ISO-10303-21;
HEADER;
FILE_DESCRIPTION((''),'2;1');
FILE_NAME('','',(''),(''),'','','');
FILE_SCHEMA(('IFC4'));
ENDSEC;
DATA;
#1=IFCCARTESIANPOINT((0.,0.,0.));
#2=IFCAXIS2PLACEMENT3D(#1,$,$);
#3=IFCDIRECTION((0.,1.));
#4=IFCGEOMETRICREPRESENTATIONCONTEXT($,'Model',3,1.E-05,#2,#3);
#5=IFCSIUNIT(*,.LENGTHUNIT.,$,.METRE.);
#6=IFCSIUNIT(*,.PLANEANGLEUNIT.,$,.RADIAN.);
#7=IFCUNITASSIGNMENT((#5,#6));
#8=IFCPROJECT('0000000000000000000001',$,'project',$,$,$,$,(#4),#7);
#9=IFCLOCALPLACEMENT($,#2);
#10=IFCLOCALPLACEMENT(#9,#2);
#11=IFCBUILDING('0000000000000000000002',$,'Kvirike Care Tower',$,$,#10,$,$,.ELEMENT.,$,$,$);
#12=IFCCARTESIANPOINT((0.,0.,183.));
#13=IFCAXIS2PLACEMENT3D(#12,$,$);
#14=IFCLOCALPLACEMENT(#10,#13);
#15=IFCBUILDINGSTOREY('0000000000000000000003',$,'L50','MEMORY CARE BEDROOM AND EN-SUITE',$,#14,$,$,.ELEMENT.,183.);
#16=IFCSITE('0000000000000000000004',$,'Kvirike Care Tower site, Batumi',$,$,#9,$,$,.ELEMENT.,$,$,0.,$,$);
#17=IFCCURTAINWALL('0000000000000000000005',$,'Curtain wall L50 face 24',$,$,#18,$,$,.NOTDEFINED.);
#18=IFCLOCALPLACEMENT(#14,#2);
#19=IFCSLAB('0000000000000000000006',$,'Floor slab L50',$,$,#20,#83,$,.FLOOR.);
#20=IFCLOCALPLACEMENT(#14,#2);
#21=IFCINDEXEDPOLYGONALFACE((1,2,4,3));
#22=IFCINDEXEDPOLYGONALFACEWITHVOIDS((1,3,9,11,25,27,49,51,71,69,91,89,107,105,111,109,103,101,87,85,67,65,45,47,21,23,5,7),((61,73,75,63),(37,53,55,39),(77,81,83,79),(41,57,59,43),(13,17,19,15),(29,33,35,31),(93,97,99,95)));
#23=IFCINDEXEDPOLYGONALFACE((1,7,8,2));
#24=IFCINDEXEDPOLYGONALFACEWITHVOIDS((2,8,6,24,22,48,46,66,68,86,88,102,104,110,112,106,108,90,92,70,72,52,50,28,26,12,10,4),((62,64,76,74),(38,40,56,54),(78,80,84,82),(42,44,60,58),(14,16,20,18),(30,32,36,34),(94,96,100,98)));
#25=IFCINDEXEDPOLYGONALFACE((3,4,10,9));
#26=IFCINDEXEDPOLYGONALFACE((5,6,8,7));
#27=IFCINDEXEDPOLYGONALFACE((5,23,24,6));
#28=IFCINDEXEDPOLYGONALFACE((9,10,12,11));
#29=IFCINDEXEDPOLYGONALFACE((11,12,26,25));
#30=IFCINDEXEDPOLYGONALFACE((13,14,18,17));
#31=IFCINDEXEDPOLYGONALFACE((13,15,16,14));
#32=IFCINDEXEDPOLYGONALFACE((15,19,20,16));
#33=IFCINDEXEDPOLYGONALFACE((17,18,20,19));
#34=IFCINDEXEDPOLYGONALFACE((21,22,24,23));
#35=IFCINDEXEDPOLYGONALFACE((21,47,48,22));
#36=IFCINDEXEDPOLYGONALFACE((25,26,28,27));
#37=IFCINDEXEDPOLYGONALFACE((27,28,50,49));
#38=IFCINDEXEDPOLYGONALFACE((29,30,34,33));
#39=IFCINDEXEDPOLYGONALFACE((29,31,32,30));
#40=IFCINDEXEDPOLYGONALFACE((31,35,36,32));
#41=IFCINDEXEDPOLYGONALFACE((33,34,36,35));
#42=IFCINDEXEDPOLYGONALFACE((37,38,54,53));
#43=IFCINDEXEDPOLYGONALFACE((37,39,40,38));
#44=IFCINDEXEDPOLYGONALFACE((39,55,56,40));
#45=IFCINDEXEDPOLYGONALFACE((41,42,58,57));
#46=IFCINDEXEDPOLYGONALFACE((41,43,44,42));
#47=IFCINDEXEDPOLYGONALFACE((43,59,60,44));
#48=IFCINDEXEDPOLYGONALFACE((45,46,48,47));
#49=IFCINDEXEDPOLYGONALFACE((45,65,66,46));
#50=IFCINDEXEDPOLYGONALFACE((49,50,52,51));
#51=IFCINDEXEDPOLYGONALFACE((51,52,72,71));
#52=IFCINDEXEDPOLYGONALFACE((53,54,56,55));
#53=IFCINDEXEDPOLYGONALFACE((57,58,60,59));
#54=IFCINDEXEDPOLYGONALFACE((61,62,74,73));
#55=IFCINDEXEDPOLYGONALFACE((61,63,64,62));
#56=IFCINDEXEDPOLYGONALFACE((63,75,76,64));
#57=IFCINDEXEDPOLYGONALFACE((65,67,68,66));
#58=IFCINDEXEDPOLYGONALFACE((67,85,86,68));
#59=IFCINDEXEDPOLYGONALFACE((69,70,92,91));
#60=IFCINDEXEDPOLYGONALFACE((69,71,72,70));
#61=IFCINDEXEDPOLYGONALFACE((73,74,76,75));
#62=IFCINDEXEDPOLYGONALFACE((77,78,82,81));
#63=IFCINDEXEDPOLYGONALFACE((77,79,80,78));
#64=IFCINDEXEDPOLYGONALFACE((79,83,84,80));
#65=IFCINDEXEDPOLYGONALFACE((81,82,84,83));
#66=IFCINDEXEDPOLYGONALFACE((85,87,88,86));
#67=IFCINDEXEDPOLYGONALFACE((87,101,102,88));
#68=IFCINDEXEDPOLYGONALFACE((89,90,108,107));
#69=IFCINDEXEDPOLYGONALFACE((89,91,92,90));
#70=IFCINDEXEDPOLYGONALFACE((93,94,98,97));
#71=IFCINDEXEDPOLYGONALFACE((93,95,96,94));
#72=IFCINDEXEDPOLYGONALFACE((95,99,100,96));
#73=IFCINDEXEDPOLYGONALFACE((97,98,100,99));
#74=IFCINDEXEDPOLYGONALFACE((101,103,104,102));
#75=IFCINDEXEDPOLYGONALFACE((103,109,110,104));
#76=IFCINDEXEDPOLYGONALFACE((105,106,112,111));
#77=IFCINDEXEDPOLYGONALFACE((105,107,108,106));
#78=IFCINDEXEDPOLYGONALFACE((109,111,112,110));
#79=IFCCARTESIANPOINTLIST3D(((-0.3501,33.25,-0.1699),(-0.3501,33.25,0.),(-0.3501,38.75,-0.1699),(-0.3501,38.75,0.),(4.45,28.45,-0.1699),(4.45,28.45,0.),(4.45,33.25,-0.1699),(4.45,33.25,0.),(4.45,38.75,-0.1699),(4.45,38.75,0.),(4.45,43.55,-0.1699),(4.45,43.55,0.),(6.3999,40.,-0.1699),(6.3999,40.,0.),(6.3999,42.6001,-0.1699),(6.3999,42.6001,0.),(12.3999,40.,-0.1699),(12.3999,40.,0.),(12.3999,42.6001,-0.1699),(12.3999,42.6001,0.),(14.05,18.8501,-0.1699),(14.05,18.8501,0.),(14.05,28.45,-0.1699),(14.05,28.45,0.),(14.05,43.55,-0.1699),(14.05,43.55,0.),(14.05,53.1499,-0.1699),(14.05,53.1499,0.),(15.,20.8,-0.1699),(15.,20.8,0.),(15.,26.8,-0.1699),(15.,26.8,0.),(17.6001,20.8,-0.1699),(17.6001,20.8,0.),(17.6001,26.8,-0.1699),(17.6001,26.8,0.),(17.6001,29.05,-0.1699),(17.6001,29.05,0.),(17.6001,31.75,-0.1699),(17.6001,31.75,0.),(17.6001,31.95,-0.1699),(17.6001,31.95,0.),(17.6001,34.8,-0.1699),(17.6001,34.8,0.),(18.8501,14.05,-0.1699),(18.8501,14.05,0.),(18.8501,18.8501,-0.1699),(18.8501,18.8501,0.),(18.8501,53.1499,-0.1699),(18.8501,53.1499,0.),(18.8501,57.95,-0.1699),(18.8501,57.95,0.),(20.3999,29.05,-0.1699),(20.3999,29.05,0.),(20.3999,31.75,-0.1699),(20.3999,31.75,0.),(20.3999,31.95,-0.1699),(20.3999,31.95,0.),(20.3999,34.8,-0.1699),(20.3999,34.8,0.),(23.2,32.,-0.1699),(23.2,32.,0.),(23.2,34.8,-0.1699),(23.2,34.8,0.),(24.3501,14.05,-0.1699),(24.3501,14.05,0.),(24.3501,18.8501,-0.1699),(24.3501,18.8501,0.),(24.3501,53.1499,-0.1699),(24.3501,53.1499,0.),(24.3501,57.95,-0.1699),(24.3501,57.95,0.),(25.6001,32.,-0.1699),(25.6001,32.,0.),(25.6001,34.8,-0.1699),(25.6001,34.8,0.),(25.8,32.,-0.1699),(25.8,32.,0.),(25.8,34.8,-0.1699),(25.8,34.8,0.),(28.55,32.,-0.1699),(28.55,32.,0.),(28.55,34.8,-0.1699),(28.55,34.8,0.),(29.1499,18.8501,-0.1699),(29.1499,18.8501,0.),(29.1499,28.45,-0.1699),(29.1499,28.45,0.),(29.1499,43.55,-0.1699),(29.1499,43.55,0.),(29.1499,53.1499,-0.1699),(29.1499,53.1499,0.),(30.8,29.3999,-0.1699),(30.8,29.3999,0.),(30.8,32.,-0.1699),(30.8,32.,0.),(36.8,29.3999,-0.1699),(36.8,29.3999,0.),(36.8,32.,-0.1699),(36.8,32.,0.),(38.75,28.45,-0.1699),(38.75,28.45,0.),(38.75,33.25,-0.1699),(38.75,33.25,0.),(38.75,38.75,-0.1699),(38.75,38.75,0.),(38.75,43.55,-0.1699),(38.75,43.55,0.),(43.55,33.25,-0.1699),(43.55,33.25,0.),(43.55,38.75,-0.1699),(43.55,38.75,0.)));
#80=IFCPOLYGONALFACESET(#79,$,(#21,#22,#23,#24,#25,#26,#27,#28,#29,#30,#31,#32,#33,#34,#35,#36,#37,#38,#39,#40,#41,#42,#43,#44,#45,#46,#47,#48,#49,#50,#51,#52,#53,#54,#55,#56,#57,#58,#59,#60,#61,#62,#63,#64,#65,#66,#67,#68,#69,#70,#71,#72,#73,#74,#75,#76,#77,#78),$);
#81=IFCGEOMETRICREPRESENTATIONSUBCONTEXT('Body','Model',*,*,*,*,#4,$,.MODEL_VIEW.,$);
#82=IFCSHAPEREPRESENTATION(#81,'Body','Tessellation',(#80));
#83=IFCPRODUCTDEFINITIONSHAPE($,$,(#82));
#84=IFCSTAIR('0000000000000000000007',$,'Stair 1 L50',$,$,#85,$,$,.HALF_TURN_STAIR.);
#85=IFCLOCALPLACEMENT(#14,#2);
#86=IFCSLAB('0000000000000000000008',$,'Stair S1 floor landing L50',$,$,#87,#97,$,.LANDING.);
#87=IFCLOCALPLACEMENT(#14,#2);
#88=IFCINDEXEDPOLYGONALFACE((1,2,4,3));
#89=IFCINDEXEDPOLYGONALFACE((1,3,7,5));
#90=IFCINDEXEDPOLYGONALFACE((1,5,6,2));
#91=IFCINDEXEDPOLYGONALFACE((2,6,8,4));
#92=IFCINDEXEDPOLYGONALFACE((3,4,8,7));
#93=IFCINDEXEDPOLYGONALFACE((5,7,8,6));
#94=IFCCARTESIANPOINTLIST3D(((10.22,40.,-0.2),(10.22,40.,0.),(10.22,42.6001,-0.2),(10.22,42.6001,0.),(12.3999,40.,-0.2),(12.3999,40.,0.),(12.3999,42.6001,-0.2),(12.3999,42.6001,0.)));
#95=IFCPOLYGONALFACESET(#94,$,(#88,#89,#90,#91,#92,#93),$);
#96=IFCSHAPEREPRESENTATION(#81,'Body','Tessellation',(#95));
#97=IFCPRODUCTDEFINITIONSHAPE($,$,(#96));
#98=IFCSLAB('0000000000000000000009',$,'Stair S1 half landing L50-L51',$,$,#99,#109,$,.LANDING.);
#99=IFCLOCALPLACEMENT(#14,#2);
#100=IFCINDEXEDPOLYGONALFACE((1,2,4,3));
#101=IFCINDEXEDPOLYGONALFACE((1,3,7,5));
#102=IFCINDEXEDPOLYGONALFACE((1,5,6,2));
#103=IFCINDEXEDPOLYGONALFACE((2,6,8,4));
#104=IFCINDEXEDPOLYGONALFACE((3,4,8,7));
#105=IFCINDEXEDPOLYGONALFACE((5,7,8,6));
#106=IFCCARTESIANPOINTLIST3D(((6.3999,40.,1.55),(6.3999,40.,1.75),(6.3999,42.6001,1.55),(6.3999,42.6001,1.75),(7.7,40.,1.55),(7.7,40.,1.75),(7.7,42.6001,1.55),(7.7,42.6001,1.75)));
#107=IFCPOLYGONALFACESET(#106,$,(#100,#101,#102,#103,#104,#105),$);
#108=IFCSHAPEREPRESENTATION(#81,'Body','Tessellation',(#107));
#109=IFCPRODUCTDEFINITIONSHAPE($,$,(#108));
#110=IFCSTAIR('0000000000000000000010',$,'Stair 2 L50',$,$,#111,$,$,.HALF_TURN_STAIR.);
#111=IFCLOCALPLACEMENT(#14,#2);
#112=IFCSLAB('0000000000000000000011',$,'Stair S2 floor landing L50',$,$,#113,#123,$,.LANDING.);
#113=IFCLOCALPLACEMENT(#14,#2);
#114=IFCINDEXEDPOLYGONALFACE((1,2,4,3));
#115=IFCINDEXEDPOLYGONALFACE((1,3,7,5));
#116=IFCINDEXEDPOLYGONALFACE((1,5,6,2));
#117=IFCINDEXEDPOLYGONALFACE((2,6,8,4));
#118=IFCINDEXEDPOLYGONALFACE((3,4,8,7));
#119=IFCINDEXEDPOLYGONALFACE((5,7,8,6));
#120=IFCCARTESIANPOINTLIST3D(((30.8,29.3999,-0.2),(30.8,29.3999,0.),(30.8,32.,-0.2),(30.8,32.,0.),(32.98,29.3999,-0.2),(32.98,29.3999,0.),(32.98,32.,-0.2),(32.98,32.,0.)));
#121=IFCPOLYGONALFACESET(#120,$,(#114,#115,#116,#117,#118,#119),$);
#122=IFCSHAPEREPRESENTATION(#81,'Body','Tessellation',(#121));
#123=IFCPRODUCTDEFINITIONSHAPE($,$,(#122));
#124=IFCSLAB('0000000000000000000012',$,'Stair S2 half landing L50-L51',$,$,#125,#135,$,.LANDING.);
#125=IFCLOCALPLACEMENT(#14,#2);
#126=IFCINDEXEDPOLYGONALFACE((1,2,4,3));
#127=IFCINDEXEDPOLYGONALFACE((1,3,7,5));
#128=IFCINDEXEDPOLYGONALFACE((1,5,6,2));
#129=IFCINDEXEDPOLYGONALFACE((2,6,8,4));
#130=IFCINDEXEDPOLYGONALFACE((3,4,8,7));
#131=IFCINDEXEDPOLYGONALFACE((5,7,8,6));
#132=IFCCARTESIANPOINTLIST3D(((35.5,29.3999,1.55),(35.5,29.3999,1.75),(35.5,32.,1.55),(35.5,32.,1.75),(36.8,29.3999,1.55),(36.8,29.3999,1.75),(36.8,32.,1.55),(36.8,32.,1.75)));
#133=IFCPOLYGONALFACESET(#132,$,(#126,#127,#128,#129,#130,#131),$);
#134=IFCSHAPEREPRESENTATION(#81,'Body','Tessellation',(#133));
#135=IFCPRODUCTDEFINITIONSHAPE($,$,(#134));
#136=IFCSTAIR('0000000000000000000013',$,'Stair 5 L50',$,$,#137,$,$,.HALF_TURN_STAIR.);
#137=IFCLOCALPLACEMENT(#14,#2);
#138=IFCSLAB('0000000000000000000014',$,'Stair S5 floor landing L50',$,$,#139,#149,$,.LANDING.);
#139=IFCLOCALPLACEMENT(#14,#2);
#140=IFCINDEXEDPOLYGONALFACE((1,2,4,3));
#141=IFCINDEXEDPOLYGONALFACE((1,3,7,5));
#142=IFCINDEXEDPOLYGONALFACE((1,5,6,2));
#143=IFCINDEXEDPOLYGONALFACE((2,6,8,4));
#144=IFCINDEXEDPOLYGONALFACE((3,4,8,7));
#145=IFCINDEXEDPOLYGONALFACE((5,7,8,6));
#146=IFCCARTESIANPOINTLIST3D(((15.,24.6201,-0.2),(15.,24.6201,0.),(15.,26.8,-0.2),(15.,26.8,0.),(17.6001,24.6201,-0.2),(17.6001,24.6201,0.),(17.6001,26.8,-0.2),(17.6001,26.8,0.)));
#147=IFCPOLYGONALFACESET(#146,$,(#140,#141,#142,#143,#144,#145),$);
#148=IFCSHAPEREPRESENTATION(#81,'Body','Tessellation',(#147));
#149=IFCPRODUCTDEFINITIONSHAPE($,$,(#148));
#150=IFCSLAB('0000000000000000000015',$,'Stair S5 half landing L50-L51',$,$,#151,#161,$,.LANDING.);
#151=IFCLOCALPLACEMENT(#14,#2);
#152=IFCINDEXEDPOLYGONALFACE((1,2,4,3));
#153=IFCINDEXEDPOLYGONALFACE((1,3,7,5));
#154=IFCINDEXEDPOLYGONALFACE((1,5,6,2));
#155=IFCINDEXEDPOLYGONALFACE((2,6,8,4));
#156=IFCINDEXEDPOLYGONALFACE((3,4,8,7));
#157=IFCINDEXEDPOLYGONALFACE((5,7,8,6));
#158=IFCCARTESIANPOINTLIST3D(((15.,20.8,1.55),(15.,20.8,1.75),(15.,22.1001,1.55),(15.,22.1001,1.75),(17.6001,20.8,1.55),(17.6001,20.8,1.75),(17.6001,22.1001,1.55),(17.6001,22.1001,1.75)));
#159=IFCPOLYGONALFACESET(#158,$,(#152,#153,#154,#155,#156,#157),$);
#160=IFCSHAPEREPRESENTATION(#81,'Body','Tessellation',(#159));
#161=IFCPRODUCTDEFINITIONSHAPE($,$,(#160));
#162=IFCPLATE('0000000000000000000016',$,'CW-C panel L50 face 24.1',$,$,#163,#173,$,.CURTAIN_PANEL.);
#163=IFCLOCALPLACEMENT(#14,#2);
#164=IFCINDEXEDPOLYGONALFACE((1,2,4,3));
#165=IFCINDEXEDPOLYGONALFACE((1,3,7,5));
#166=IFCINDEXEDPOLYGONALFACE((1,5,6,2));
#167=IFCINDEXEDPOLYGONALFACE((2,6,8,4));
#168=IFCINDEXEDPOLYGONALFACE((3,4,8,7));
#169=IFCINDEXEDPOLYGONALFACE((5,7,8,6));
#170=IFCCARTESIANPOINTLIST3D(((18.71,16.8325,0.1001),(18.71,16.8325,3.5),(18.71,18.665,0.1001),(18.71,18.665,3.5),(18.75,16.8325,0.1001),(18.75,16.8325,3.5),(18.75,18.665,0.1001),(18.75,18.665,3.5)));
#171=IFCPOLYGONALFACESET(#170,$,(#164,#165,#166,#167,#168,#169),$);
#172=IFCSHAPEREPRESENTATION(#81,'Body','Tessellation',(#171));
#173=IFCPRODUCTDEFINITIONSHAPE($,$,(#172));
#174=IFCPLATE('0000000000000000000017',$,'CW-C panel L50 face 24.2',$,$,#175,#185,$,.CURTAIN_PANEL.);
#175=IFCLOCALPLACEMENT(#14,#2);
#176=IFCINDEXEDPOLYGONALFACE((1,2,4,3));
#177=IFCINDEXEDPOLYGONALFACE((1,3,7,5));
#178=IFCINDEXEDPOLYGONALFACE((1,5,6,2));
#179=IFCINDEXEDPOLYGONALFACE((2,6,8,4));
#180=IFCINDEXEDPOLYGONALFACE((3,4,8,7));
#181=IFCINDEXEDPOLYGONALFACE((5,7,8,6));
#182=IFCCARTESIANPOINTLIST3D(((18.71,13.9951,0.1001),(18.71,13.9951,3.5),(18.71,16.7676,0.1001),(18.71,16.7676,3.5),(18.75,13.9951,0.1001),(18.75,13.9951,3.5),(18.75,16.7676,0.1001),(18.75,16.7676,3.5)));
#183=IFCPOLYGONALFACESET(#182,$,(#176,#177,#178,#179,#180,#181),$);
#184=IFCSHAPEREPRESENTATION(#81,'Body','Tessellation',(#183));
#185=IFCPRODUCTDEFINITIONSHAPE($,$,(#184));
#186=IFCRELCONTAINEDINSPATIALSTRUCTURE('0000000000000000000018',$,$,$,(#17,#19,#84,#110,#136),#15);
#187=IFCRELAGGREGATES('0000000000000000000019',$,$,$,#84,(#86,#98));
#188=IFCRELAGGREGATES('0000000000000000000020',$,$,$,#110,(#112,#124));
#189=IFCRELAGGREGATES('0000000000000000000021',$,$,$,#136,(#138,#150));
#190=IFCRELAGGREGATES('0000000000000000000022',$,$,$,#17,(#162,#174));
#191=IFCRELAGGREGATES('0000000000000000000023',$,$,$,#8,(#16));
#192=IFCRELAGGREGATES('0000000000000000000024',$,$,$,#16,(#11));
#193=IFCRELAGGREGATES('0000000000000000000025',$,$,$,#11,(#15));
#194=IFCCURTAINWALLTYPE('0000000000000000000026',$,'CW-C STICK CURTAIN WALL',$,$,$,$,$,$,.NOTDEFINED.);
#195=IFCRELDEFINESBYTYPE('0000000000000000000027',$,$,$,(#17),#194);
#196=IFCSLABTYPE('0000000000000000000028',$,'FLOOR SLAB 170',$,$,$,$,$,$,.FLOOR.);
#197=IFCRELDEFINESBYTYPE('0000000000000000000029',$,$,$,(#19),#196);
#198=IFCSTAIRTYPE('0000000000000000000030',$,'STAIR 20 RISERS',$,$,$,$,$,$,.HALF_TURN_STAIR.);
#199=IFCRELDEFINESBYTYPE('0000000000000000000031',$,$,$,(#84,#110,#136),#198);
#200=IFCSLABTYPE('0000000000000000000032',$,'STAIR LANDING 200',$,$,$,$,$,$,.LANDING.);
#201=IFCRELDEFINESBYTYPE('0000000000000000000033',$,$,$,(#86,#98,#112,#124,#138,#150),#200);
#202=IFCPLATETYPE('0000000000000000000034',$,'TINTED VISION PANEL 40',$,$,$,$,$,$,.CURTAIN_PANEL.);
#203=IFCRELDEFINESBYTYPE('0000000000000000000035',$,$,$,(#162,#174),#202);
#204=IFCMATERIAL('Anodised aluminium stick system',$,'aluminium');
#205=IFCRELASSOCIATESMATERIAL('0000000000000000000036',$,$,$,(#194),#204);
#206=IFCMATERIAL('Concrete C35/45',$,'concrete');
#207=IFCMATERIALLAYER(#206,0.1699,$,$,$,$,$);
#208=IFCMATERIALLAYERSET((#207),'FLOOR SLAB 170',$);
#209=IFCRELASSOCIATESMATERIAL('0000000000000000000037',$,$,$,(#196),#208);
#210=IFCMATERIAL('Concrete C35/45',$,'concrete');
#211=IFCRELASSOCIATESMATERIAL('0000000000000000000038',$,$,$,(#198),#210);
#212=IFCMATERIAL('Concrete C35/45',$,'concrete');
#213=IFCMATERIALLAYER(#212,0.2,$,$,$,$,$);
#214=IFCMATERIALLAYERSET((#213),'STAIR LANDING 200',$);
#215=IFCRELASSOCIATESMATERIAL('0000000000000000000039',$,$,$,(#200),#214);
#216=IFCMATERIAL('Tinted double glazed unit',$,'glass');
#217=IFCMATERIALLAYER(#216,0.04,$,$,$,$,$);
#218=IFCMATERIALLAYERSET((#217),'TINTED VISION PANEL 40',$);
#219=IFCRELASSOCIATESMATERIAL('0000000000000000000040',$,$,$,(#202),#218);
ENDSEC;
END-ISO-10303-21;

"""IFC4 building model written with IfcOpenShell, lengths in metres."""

from ifc_helpers import new_model, si_unit, direction, frame, origin, origin_2d, place, context, subcontext, project, spatial, polyline, rectangle, outline, extrude, material, layer, layer_set, type_object, element, aggregate, save


model = new_model("IFC4")

# Units and contexts
model_context = context("Model", 3, precision=1e-05, world=origin(), true_north=direction((0.0, 1.0)))
body_context = subcontext(model_context, "Body", "Model", "MODEL_VIEW")
ifc_project = project(units=[si_unit("LENGTHUNIT", "METRE"), si_unit("PLANEANGLEUNIT", "RADIAN")], contexts=[model_context])

# Site, building, storey
site_placement = place(None, origin())
site = spatial("IfcSite", under=ifc_project, at=site_placement, Name="Kvirike Care Tower site, Batumi", CompositionType="ELEMENT", RefElevation=0.0)
building_placement = place(site_placement, origin())
building = spatial("IfcBuilding", under=site, at=building_placement, Name="Kvirike Care Tower", CompositionType="ELEMENT")
storey_placement = place(building_placement, frame((0.0, 0.0, 183.0)))
storey = spatial("IfcBuildingStorey", under=building, at=storey_placement, Name="L50", Description="MEMORY CARE BEDROOM AND EN-SUITE", CompositionType="ELEMENT", Elevation=183.0)

# Shared definitions
ifc_material_1 = material(Name="Anodised aluminium stick system", Category="aluminium")
curtain_wall_type = type_object("IfcCurtainWallType", Name="CW-C STICK CURTAIN WALL", PredefinedType="NOTDEFINED", material=ifc_material_1)

# Curtain wall
curtain_wall_1_placement = place(storey_placement, origin())
curtain_wall_1 = element("IfcCurtainWall", 1, at=curtain_wall_1_placement, inside=storey, type_object=curtain_wall_type, Name="Curtain wall L50 face 24", PredefinedType="NOTDEFINED")

# Slab
ifc_material_2 = material(Name="Concrete C35/45", Category="concrete")
ifc_layer_1 = layer(ifc_material_2, 0.1699)
ifc_layer_set_1 = layer_set([ifc_layer_1], Name="FLOOR SLAB 170")
slab_type_1 = type_object("IfcSlabType", Name="FLOOR SLAB 170", PredefinedType="FLOOR", material=ifc_layer_set_1)
slab_1_placement = place(storey_placement, frame((0.0, 0.0, -0.1699)))
element("IfcSlab", 2, at=slab_1_placement, inside=storey, type_object=slab_type_1, Name="Floor slab L50", PredefinedType="FLOOR", context=body_context, shape_type="SweptSolid", body=[
    extrude(outline(polyline([(29.1499, 28.45), (38.75, 28.45), (38.75, 33.25), (43.55, 33.25), (43.55, 38.75), (38.75, 38.75), (38.75, 43.55), (29.1499, 43.55), (29.1499, 53.1499), (24.3501, 53.1499), (24.3501, 57.95), (18.8501, 57.95), (18.8501, 53.1499), (14.05, 53.1499), (14.05, 43.55), (4.45, 43.55), (4.45, 38.75), (-0.3501, 38.75), (-0.3501, 33.25), (4.45, 33.25), (4.45, 28.45), (14.05, 28.45), (14.05, 18.8501), (18.8501, 18.8501), (18.8501, 14.05), (24.3501, 14.05), (24.3501, 18.8501), (29.1499, 18.8501), (29.1499, 28.45)]), holes=[polyline([(17.6001, 29.05), (17.6001, 31.75), (20.3999, 31.75), (20.3999, 29.05), (17.6001, 29.05)]), polyline([(17.6001, 31.95), (17.6001, 34.8), (20.3999, 34.8), (20.3999, 31.95), (17.6001, 31.95)]), polyline([(23.2, 32.0), (23.2, 34.8), (25.6001, 34.8), (25.6001, 32.0), (23.2, 32.0)]), polyline([(25.8, 32.0), (25.8, 34.8), (28.55, 34.8), (28.55, 32.0), (25.8, 32.0)]), polyline([(12.3999, 42.6001), (12.3999, 40.0), (6.3999, 40.0), (6.3999, 42.6001), (12.3999, 42.6001)]), polyline([(30.8, 29.3999), (30.8, 32.0), (36.8, 32.0), (36.8, 29.3999), (30.8, 29.3999)]), polyline([(15.0, 26.8), (17.6001, 26.8), (17.6001, 20.8), (15.0, 20.8), (15.0, 26.8)])]), origin(), (0.0, 0.0, 1.0), 0.1699),
])

# Stairs, slabs
ifc_material_3 = material(Name="Concrete C35/45", Category="concrete")
stair_type = type_object("IfcStairType", Name="STAIR 20 RISERS", PredefinedType="HALF_TURN_STAIR", material=ifc_material_3)
stair_1_placement = place(storey_placement, origin())
stair_1 = element("IfcStair", 3, at=stair_1_placement, inside=storey, type_object=stair_type, Name="Stair 1 L50", PredefinedType="HALF_TURN_STAIR")
ifc_material_4 = material(Name="Concrete C35/45", Category="concrete")
ifc_layer_2 = layer(ifc_material_4, 0.2)
ifc_layer_set_2 = layer_set([ifc_layer_2], Name="STAIR LANDING 200")
slab_type_2 = type_object("IfcSlabType", Name="STAIR LANDING 200", PredefinedType="LANDING", material=ifc_layer_set_2)
slab_2_placement = place(storey_placement, frame((0.0, 0.0, -0.2)))
slab_2 = element("IfcSlab", 4, at=slab_2_placement, type_object=slab_type_2, Name="Stair S1 floor landing L50", PredefinedType="LANDING", context=body_context, shape_type="SweptSolid", body=[
    extrude(outline(polyline([(10.22, 42.6001), (10.22, 40.0), (12.3999, 40.0), (12.3999, 42.6001), (10.22, 42.6001)])), origin(), (0.0, 0.0, 1.0), 0.2),
])
slab_3_placement = place(storey_placement, frame((0.0, 0.0, 1.55)))
slab_3 = element("IfcSlab", 5, at=slab_3_placement, type_object=slab_type_2, Name="Stair S1 half landing L50-L51", PredefinedType="LANDING", context=body_context, shape_type="SweptSolid", body=[
    extrude(outline(polyline([(6.3999, 42.6001), (6.3999, 40.0), (7.7, 40.0), (7.7, 42.6001), (6.3999, 42.6001)])), origin(), (0.0, 0.0, 1.0), 0.2),
])
aggregate(stair_1, [slab_2, slab_3])
stair_2_placement = place(storey_placement, origin())
stair_2 = element("IfcStair", 6, at=stair_2_placement, inside=storey, type_object=stair_type, Name="Stair 2 L50", PredefinedType="HALF_TURN_STAIR")
slab_4_placement = place(storey_placement, frame((0.0, 0.0, -0.2)))
slab_4 = element("IfcSlab", 7, at=slab_4_placement, type_object=slab_type_2, Name="Stair S2 floor landing L50", PredefinedType="LANDING", context=body_context, shape_type="SweptSolid", body=[
    extrude(outline(polyline([(32.98, 29.3999), (32.98, 32.0), (30.8, 32.0), (30.8, 29.3999), (32.98, 29.3999)])), origin(), (0.0, 0.0, 1.0), 0.2),
])
slab_5_placement = place(storey_placement, frame((0.0, 0.0, 1.55)))
slab_5 = element("IfcSlab", 8, at=slab_5_placement, type_object=slab_type_2, Name="Stair S2 half landing L50-L51", PredefinedType="LANDING", context=body_context, shape_type="SweptSolid", body=[
    extrude(outline(polyline([(36.8, 29.3999), (36.8, 32.0), (35.5, 32.0), (35.5, 29.3999), (36.8, 29.3999)])), origin(), (0.0, 0.0, 1.0), 0.2),
])
aggregate(stair_2, [slab_4, slab_5])
stair_3_placement = place(storey_placement, origin())
stair_3 = element("IfcStair", 9, at=stair_3_placement, inside=storey, type_object=stair_type, Name="Stair 5 L50", PredefinedType="HALF_TURN_STAIR")
slab_6_placement = place(storey_placement, frame((0.0, 0.0, -0.2)))
slab_6 = element("IfcSlab", 10, at=slab_6_placement, type_object=slab_type_2, Name="Stair S5 floor landing L50", PredefinedType="LANDING", context=body_context, shape_type="SweptSolid", body=[
    extrude(outline(polyline([(15.0, 24.6201), (17.6001, 24.6201), (17.6001, 26.8), (15.0, 26.8), (15.0, 24.6201)])), origin(), (0.0, 0.0, 1.0), 0.2),
])
slab_7_placement = place(storey_placement, frame((0.0, 0.0, 1.55)))
slab_7 = element("IfcSlab", 11, at=slab_7_placement, type_object=slab_type_2, Name="Stair S5 half landing L50-L51", PredefinedType="LANDING", context=body_context, shape_type="SweptSolid", body=[
    extrude(outline(polyline([(15.0, 20.8), (17.6001, 20.8), (17.6001, 22.1001), (15.0, 22.1001), (15.0, 20.8)])), origin(), (0.0, 0.0, 1.0), 0.2),
])
aggregate(stair_3, [slab_6, slab_7])

# Plates
ifc_material_5 = material(Name="Tinted double glazed unit", Category="glass")
ifc_layer_3 = layer(ifc_material_5, 0.04)
ifc_layer_set_3 = layer_set([ifc_layer_3], Name="TINTED VISION PANEL 40")
plate_type = type_object("IfcPlateType", Name="TINTED VISION PANEL 40", PredefinedType="CURTAIN_PANEL", material=ifc_layer_set_3)
plate_1_placement = place(storey_placement, frame((18.73, 17.7488, 0.1001), z_axis=(0.0, 0.0, 1.0), x_axis=(0.0, -1.0, 0.0)))
plate_1 = element("IfcPlate", 12, at=plate_1_placement, type_object=plate_type, Name="CW-C panel L50 face 24.1", PredefinedType="CURTAIN_PANEL", context=body_context, shape_type="SweptSolid", body=[
    extrude(rectangle(XDim=1.8325, YDim=0.04, at=origin_2d()), origin(), (0.0, 0.0, 1.0), 3.3999),
])
plate_2_placement = place(storey_placement, frame((18.73, 15.3813, 0.1001), z_axis=(0.0, 0.0, 1.0), x_axis=(0.0, -1.0, 0.0)))
plate_2 = element("IfcPlate", 13, at=plate_2_placement, type_object=plate_type, Name="CW-C panel L50 face 24.2", PredefinedType="CURTAIN_PANEL", context=body_context, shape_type="SweptSolid", body=[
    extrude(rectangle(XDim=2.7725, YDim=0.04, at=origin_2d()), origin(), (0.0, 0.0, 1.0), 3.3999),
])
aggregate(curtain_wall_1, [plate_1, plate_2])

save(model, "model.ifc")
